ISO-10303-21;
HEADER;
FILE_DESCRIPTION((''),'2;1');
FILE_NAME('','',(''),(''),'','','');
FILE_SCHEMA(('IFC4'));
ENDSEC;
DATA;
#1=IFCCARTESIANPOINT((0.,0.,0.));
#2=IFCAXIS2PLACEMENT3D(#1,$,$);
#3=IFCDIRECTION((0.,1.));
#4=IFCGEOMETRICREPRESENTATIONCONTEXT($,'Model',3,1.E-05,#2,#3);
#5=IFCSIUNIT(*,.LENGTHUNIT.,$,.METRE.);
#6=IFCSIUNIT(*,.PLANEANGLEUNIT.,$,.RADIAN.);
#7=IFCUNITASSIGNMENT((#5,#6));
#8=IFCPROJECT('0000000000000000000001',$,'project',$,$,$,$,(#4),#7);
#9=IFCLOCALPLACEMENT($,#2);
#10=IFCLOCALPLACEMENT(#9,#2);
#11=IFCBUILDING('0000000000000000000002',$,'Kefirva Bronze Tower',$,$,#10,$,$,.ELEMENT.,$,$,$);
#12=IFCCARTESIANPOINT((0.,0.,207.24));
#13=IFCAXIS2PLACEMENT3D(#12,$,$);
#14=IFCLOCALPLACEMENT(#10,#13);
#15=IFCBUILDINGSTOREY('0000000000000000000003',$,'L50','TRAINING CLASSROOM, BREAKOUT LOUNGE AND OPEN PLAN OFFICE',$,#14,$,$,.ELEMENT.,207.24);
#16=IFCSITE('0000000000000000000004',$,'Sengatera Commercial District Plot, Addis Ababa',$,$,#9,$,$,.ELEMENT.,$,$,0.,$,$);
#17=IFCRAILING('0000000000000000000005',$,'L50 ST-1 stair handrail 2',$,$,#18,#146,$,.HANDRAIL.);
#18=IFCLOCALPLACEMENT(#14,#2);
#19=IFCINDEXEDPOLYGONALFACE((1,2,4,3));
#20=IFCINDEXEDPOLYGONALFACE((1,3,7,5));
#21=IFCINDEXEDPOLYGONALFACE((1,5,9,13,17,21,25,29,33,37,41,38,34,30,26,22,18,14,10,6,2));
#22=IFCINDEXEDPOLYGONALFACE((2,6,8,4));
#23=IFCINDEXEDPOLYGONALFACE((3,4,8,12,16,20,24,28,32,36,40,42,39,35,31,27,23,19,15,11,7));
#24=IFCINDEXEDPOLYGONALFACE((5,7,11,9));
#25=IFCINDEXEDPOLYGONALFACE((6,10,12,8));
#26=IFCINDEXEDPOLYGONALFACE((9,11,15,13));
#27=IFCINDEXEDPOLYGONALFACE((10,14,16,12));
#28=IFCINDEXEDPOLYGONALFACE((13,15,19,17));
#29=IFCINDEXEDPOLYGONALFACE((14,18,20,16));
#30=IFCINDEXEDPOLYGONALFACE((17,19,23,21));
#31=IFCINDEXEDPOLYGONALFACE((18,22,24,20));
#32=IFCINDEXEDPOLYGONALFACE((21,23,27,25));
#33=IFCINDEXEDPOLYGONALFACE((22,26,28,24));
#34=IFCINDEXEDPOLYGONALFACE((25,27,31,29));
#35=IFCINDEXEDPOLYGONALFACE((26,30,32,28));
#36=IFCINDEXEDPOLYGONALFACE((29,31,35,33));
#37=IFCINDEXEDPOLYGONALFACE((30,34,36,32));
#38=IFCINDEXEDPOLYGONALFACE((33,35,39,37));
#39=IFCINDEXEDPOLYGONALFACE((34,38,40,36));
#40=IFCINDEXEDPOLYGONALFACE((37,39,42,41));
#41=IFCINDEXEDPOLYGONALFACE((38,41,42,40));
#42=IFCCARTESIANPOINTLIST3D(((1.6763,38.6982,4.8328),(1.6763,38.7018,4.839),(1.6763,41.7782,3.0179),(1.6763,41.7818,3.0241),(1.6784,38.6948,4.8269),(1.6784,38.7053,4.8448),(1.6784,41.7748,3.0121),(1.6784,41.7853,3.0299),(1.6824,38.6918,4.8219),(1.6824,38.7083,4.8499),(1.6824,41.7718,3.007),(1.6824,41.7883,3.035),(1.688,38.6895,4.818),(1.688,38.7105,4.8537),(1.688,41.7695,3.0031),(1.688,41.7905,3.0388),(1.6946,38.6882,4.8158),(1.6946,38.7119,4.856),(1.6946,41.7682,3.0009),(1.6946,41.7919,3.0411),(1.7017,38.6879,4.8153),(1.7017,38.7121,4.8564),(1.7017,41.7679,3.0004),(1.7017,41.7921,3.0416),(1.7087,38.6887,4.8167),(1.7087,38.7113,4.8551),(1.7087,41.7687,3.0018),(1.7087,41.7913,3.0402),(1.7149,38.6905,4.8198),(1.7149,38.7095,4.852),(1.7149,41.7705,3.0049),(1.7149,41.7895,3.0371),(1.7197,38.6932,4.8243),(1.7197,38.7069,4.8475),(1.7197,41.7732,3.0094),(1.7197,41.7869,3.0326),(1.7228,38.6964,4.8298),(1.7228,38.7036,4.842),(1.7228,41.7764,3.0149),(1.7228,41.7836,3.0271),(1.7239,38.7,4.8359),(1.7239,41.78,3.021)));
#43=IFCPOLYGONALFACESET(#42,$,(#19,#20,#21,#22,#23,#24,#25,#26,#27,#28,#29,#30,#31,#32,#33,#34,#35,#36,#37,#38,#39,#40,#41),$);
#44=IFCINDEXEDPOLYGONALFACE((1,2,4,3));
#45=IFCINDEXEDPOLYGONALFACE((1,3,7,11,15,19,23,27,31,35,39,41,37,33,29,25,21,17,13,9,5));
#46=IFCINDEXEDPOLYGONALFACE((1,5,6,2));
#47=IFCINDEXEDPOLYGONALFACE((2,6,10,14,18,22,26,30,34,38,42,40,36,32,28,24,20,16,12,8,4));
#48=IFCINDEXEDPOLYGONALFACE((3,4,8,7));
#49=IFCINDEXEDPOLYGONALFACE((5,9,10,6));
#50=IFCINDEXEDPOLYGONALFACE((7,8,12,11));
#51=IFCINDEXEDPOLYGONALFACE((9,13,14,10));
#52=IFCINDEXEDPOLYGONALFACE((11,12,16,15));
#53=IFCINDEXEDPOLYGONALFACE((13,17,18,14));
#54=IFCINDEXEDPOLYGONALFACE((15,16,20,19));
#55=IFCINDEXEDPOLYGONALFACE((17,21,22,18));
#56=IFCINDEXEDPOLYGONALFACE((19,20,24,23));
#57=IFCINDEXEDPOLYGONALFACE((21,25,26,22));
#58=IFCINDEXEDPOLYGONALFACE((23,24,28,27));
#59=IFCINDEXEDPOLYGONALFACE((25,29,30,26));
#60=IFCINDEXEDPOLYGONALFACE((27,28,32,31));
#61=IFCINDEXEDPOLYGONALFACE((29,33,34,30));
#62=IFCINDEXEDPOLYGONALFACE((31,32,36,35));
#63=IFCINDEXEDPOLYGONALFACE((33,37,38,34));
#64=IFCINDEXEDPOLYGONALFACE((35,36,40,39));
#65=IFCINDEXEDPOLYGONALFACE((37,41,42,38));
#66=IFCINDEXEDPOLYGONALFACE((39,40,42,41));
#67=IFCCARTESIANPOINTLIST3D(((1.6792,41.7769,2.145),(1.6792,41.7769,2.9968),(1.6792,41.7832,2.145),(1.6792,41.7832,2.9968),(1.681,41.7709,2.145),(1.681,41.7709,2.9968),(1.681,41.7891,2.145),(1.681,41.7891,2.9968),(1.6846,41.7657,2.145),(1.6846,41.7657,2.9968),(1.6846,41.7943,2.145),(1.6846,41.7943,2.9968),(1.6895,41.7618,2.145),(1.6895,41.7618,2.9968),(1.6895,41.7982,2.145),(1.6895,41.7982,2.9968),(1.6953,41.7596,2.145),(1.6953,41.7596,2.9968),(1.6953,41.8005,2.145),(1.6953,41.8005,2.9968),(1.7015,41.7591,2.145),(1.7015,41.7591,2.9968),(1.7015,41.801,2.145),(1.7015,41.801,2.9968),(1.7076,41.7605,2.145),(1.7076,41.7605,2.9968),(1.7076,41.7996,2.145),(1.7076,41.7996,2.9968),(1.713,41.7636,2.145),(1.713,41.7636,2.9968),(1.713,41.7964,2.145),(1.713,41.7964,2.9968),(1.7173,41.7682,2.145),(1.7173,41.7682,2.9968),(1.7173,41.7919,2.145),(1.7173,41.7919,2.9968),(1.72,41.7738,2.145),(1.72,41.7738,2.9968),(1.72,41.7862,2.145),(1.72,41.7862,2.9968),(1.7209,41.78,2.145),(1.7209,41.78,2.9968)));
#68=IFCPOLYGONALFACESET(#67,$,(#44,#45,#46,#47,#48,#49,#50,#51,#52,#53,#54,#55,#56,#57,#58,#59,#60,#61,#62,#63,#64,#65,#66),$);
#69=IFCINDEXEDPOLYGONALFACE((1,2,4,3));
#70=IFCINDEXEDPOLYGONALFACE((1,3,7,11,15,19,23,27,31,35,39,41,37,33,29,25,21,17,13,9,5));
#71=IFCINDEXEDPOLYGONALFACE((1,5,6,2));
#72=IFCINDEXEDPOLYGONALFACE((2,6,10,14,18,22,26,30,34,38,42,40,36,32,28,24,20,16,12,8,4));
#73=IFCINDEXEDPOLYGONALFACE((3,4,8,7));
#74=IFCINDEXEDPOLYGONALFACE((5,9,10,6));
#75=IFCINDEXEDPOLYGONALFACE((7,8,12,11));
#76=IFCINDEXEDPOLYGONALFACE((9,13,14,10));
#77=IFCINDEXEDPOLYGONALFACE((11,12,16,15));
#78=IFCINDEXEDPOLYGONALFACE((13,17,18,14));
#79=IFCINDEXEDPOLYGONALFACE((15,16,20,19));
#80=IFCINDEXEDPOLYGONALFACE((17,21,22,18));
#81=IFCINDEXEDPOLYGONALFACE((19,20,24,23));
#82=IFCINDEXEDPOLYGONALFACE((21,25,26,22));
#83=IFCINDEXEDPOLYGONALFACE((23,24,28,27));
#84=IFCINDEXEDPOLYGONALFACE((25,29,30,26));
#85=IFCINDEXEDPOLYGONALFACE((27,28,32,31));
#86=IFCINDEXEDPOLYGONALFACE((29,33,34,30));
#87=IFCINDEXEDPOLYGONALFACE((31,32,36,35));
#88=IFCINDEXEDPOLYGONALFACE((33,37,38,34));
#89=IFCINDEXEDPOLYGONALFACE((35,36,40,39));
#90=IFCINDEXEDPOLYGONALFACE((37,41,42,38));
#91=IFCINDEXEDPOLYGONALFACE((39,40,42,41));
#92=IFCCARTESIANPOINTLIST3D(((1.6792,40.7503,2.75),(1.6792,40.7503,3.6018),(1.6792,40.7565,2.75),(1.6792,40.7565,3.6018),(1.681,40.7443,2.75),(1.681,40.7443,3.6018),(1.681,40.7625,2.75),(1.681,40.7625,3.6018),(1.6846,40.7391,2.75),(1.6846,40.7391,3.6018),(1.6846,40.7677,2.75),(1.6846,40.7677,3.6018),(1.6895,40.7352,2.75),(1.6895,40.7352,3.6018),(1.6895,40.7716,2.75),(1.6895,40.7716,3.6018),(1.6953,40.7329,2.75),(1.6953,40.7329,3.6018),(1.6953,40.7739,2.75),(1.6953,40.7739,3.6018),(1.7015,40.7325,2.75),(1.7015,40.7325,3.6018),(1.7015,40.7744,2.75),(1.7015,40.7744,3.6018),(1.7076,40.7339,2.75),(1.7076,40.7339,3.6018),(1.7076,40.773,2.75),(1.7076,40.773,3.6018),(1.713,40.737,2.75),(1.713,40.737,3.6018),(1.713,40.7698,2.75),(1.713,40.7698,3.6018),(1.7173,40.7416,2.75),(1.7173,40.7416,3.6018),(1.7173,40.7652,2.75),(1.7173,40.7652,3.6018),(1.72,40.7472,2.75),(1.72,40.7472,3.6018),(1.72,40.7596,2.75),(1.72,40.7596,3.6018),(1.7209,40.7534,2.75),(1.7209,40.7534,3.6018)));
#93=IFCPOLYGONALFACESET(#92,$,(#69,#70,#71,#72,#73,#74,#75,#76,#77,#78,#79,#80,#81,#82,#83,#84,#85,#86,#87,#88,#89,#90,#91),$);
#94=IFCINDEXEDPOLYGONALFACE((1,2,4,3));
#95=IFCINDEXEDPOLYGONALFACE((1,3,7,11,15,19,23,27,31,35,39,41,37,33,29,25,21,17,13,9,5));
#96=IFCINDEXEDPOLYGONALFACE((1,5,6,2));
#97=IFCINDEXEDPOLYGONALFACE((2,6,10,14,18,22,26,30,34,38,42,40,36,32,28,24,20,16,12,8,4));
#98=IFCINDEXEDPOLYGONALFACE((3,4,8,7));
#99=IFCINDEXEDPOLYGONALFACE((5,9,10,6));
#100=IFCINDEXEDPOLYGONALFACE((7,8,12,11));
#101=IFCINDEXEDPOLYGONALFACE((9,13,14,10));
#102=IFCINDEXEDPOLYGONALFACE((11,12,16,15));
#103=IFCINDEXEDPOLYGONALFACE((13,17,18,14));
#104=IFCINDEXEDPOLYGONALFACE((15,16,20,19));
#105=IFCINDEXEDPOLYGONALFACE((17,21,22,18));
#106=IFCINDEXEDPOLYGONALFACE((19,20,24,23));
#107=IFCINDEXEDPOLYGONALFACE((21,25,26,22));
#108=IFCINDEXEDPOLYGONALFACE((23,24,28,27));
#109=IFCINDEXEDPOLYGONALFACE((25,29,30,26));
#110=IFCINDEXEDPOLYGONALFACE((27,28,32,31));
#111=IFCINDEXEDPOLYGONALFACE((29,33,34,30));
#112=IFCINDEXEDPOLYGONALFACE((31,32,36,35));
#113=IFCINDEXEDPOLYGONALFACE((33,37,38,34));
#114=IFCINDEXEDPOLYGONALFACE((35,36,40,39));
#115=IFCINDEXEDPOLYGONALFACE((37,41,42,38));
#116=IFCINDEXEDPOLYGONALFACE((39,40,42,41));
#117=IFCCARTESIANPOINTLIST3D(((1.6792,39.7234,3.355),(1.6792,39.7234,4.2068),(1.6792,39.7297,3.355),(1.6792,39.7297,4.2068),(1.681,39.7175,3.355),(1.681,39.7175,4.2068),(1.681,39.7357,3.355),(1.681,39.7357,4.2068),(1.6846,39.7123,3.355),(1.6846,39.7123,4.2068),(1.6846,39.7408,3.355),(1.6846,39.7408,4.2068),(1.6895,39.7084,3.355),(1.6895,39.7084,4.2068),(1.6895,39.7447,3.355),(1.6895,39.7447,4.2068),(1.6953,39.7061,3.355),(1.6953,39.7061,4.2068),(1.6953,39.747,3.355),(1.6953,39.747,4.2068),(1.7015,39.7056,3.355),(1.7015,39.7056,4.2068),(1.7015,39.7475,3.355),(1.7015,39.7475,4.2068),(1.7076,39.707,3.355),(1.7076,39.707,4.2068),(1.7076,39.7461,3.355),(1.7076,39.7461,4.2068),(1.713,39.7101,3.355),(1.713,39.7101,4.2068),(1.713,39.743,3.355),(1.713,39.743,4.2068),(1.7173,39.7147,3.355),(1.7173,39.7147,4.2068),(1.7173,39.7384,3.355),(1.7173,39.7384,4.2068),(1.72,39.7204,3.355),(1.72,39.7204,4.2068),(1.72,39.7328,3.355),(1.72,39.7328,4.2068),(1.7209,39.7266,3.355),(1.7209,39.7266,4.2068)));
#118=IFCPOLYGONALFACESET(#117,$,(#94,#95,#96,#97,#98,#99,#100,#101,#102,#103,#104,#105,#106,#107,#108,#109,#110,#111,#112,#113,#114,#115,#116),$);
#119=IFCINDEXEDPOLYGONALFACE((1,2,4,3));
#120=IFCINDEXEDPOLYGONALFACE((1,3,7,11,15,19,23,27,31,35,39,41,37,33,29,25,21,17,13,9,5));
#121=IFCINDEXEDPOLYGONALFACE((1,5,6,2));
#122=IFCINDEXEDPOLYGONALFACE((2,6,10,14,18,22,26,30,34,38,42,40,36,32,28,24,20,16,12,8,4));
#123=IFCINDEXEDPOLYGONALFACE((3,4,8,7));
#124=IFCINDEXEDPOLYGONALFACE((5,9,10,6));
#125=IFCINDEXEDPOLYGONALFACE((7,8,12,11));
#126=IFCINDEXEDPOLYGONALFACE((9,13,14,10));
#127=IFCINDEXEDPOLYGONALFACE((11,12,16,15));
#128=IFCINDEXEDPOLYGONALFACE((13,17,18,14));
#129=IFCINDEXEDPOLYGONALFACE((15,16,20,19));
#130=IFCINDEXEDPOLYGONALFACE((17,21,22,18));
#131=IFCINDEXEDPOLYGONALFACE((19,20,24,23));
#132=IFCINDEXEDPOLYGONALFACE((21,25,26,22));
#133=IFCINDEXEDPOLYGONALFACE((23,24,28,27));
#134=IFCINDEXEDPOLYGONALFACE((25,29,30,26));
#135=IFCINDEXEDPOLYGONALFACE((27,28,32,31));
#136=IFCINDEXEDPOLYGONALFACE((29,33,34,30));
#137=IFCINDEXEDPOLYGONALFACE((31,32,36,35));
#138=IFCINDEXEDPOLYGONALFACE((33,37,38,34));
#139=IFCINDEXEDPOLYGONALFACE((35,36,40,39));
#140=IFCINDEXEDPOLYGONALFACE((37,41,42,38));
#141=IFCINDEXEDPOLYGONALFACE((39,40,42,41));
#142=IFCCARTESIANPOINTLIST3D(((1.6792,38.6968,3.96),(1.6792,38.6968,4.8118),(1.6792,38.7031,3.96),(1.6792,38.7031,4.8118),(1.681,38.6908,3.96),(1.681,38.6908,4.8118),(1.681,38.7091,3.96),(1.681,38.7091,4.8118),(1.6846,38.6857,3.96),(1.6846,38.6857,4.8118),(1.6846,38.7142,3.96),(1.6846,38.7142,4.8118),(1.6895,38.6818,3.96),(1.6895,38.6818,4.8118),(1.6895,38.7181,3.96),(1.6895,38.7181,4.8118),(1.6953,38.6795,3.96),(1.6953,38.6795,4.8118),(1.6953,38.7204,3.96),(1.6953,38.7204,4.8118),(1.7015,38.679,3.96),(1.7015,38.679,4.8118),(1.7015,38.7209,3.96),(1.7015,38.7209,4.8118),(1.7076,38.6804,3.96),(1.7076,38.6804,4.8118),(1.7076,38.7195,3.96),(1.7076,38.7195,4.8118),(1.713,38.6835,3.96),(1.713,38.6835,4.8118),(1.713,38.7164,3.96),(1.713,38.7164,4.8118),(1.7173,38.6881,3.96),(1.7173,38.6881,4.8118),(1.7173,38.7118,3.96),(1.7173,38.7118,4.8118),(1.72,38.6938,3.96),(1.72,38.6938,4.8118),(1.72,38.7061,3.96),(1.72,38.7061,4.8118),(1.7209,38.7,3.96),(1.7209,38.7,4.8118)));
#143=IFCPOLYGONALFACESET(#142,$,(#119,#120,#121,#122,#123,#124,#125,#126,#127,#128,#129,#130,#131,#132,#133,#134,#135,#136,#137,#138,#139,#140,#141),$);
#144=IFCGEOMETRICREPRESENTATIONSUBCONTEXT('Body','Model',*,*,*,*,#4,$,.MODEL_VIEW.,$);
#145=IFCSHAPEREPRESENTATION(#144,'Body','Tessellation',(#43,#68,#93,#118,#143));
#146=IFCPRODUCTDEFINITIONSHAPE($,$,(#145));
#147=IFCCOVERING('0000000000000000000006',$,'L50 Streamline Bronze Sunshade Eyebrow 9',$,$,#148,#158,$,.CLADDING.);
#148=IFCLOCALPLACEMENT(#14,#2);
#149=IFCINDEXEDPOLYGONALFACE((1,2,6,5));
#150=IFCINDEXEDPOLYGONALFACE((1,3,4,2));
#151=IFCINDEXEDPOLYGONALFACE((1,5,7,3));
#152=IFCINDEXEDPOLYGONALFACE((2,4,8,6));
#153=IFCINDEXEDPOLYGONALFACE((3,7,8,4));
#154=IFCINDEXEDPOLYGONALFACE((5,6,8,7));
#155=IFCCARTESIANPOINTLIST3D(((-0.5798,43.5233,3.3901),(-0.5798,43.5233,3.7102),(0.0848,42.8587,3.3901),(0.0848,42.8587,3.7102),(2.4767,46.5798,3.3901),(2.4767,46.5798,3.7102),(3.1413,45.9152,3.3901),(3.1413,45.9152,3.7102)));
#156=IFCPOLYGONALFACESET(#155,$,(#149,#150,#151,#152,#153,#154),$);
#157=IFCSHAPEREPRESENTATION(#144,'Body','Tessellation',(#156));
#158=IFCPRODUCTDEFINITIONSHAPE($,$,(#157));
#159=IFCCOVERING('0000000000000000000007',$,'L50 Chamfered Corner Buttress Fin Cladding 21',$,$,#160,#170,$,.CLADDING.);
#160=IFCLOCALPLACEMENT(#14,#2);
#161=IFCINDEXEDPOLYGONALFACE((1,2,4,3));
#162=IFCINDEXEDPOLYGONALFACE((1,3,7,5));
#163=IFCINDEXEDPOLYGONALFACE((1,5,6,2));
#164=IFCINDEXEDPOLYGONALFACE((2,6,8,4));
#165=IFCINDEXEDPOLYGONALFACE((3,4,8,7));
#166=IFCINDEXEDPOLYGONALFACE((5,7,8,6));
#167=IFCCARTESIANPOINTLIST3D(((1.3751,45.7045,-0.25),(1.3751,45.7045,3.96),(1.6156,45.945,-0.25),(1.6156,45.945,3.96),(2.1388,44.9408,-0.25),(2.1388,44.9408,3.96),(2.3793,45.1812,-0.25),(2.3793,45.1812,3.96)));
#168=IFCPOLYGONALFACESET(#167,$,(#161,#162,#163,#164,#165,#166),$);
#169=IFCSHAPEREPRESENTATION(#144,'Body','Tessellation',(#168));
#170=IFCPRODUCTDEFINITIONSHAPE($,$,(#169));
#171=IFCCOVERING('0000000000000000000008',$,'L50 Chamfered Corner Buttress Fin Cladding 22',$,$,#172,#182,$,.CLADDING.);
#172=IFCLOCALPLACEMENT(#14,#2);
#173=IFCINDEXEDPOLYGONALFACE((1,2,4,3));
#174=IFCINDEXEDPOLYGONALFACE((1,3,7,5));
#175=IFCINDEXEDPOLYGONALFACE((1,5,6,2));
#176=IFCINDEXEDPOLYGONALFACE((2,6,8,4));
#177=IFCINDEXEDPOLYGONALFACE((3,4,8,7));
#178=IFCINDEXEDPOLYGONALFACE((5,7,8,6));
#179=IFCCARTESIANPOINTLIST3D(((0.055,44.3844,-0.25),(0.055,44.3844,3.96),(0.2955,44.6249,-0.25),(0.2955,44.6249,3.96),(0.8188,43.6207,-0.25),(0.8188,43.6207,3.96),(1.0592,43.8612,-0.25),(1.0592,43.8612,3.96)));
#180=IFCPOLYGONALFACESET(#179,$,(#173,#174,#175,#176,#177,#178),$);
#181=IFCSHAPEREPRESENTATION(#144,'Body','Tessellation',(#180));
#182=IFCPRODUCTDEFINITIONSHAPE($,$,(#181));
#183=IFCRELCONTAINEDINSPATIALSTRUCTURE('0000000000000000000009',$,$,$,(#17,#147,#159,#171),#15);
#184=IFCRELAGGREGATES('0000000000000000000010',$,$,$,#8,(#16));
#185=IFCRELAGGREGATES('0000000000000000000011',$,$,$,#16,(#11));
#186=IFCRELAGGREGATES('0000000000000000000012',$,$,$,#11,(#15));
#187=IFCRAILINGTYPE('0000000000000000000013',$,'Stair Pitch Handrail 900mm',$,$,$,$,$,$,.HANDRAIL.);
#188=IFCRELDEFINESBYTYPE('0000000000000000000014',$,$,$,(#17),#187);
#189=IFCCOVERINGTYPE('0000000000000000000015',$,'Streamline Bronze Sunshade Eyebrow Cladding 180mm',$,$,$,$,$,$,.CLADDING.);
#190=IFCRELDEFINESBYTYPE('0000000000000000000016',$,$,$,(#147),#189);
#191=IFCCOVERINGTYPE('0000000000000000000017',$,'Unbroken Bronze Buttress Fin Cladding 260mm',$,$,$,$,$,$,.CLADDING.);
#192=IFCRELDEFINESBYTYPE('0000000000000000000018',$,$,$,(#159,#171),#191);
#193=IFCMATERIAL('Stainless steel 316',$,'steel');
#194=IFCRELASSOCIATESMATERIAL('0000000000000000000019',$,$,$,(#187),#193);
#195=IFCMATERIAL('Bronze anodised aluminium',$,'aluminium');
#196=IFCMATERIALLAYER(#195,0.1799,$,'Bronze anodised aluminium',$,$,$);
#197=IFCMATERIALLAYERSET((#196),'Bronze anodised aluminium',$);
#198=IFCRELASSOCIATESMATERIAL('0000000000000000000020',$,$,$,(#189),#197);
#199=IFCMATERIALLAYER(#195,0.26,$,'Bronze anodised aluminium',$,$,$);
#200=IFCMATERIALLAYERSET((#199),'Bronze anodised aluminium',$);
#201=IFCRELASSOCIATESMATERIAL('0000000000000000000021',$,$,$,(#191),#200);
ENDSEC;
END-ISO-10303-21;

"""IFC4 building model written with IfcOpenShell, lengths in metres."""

from ifc_helpers import new_model, si_unit, direction, frame, origin, origin_2d, place, context, subcontext, project, spatial, rectangle, circle, extrude, material, layer, layer_set, type_object, element, save


model = new_model("IFC4")

# Units and contexts
model_context = context("Model", 3, precision=1e-05, world=origin(), true_north=direction((0.0, 1.0)))
body_context = subcontext(model_context, "Body", "Model", "MODEL_VIEW")
ifc_project = project(units=[si_unit("LENGTHUNIT", "METRE"), si_unit("PLANEANGLEUNIT", "RADIAN")], contexts=[model_context])

# Site, building, storey
site_placement = place(None, origin())
site = spatial("IfcSite", under=ifc_project, at=site_placement, Name="Sengatera Commercial District Plot, Addis Ababa", CompositionType="ELEMENT", RefElevation=0.0)
building_placement = place(site_placement, origin())
building = spatial("IfcBuilding", under=site, at=building_placement, Name="Kefirva Bronze Tower", CompositionType="ELEMENT")
storey_placement = place(building_placement, frame((0.0, 0.0, 207.24)))
storey = spatial("IfcBuildingStorey", under=building, at=storey_placement, Name="L50", Description="TRAINING CLASSROOM, BREAKOUT LOUNGE AND OPEN PLAN OFFICE", CompositionType="ELEMENT", Elevation=207.24)

# Shared definitions
ifc_material_1 = material(Name="Bronze anodised aluminium", Category="aluminium")

# Railing
ifc_material_2 = material(Name="Stainless steel 316", Category="steel")
railing_type_1 = type_object("IfcRailingType", Name="Stair Pitch Handrail 900mm", PredefinedType="HANDRAIL", material=ifc_material_2)
railing_1_placement = place(storey_placement, frame((1.7, 41.78, 2.145)))
element("IfcRailing", 1, at=railing_1_placement, inside=storey, type_object=railing_type_1, Name="L50 ST-1 stair handrail 2", PredefinedType="HANDRAIL", context=body_context, shape_type="SweptSolid", body=[
    extrude(circle(Radius=0.0239, at=origin_2d()), frame((0.0, 0.0, 0.876), z_axis=(0.0, -0.861551, 0.507671), x_axis=(1.0, 0.0, 0.0)), (0.0, 0.0, 1.0), 3.575),
    extrude(circle(Radius=0.021, at=origin_2d()), origin(), (0.0, 0.0, 1.0), 0.8518),
    extrude(circle(Radius=0.021, at=origin_2d()), frame((0.0, -1.0266, 0.605)), (0.0, 0.0, 1.0), 0.8518),
    extrude(circle(Radius=0.021, at=origin_2d()), frame((0.0, -2.0535, 1.21)), (0.0, 0.0, 1.0), 0.8518),
    extrude(circle(Radius=0.021, at=origin_2d()), frame((0.0, -3.0801, 1.8149)), (0.0, 0.0, 1.0), 0.8518),
])

# Coverings
ifc_layer_1 = layer(ifc_material_1, 0.1799, Name="Bronze anodised aluminium")
ifc_layer_set_1 = layer_set([ifc_layer_1], Name="Bronze anodised aluminium")
covering_type_1 = type_object("IfcCoveringType", Name="Streamline Bronze Sunshade Eyebrow Cladding 180mm", PredefinedType="CLADDING", material=ifc_layer_set_1)
covering_1_placement = place(storey_placement, frame((1.2808, 44.7192, 3.3901), z_axis=(0.0, 0.0, 1.0), x_axis=(-0.707107, -0.707107, 0.0)))
element("IfcCovering", 2, at=covering_1_placement, inside=storey, type_object=covering_type_1, Name="L50 Streamline Bronze Sunshade Eyebrow 9", PredefinedType="CLADDING", context=body_context, shape_type="SweptSolid", body=[
    extrude(rectangle(XDim=4.3225, YDim=0.9399, at=origin_2d()), origin(), (0.0, 0.0, 1.0), 0.3201),
])
ifc_layer_2 = layer(ifc_material_1, 0.26, Name="Bronze anodised aluminium")
ifc_layer_set_2 = layer_set([ifc_layer_2], Name="Bronze anodised aluminium")
covering_type_2 = type_object("IfcCoveringType", Name="Unbroken Bronze Buttress Fin Cladding 260mm", PredefinedType="CLADDING", material=ifc_layer_set_2)
for number, where, z_axis, x_axis, name in (
    (3, (1.8772, 45.4429, -0.25), (0.0, 0.0, 1.0), (-0.707107, -0.707107, 0.0), "L50 Chamfered Corner Buttress Fin Cladding 21"),
    (4, (0.5571, 44.1228, -0.25), (0.0, 0.0, 1.0), (-0.707107, -0.707107, 0.0), "L50 Chamfered Corner Buttress Fin Cladding 22"),
):
    element("IfcCovering", number, at=place(storey_placement, frame(where, z_axis=z_axis, x_axis=x_axis)), inside=storey, type_object=covering_type_2, Name=name, PredefinedType="CLADDING", context=body_context, shape_type="SweptSolid", body=[
        extrude(rectangle(XDim=0.3401, YDim=1.0801, at=origin_2d()), origin(), (0.0, 0.0, 1.0), 4.21),
    ])

save(model, "model.ifc")
